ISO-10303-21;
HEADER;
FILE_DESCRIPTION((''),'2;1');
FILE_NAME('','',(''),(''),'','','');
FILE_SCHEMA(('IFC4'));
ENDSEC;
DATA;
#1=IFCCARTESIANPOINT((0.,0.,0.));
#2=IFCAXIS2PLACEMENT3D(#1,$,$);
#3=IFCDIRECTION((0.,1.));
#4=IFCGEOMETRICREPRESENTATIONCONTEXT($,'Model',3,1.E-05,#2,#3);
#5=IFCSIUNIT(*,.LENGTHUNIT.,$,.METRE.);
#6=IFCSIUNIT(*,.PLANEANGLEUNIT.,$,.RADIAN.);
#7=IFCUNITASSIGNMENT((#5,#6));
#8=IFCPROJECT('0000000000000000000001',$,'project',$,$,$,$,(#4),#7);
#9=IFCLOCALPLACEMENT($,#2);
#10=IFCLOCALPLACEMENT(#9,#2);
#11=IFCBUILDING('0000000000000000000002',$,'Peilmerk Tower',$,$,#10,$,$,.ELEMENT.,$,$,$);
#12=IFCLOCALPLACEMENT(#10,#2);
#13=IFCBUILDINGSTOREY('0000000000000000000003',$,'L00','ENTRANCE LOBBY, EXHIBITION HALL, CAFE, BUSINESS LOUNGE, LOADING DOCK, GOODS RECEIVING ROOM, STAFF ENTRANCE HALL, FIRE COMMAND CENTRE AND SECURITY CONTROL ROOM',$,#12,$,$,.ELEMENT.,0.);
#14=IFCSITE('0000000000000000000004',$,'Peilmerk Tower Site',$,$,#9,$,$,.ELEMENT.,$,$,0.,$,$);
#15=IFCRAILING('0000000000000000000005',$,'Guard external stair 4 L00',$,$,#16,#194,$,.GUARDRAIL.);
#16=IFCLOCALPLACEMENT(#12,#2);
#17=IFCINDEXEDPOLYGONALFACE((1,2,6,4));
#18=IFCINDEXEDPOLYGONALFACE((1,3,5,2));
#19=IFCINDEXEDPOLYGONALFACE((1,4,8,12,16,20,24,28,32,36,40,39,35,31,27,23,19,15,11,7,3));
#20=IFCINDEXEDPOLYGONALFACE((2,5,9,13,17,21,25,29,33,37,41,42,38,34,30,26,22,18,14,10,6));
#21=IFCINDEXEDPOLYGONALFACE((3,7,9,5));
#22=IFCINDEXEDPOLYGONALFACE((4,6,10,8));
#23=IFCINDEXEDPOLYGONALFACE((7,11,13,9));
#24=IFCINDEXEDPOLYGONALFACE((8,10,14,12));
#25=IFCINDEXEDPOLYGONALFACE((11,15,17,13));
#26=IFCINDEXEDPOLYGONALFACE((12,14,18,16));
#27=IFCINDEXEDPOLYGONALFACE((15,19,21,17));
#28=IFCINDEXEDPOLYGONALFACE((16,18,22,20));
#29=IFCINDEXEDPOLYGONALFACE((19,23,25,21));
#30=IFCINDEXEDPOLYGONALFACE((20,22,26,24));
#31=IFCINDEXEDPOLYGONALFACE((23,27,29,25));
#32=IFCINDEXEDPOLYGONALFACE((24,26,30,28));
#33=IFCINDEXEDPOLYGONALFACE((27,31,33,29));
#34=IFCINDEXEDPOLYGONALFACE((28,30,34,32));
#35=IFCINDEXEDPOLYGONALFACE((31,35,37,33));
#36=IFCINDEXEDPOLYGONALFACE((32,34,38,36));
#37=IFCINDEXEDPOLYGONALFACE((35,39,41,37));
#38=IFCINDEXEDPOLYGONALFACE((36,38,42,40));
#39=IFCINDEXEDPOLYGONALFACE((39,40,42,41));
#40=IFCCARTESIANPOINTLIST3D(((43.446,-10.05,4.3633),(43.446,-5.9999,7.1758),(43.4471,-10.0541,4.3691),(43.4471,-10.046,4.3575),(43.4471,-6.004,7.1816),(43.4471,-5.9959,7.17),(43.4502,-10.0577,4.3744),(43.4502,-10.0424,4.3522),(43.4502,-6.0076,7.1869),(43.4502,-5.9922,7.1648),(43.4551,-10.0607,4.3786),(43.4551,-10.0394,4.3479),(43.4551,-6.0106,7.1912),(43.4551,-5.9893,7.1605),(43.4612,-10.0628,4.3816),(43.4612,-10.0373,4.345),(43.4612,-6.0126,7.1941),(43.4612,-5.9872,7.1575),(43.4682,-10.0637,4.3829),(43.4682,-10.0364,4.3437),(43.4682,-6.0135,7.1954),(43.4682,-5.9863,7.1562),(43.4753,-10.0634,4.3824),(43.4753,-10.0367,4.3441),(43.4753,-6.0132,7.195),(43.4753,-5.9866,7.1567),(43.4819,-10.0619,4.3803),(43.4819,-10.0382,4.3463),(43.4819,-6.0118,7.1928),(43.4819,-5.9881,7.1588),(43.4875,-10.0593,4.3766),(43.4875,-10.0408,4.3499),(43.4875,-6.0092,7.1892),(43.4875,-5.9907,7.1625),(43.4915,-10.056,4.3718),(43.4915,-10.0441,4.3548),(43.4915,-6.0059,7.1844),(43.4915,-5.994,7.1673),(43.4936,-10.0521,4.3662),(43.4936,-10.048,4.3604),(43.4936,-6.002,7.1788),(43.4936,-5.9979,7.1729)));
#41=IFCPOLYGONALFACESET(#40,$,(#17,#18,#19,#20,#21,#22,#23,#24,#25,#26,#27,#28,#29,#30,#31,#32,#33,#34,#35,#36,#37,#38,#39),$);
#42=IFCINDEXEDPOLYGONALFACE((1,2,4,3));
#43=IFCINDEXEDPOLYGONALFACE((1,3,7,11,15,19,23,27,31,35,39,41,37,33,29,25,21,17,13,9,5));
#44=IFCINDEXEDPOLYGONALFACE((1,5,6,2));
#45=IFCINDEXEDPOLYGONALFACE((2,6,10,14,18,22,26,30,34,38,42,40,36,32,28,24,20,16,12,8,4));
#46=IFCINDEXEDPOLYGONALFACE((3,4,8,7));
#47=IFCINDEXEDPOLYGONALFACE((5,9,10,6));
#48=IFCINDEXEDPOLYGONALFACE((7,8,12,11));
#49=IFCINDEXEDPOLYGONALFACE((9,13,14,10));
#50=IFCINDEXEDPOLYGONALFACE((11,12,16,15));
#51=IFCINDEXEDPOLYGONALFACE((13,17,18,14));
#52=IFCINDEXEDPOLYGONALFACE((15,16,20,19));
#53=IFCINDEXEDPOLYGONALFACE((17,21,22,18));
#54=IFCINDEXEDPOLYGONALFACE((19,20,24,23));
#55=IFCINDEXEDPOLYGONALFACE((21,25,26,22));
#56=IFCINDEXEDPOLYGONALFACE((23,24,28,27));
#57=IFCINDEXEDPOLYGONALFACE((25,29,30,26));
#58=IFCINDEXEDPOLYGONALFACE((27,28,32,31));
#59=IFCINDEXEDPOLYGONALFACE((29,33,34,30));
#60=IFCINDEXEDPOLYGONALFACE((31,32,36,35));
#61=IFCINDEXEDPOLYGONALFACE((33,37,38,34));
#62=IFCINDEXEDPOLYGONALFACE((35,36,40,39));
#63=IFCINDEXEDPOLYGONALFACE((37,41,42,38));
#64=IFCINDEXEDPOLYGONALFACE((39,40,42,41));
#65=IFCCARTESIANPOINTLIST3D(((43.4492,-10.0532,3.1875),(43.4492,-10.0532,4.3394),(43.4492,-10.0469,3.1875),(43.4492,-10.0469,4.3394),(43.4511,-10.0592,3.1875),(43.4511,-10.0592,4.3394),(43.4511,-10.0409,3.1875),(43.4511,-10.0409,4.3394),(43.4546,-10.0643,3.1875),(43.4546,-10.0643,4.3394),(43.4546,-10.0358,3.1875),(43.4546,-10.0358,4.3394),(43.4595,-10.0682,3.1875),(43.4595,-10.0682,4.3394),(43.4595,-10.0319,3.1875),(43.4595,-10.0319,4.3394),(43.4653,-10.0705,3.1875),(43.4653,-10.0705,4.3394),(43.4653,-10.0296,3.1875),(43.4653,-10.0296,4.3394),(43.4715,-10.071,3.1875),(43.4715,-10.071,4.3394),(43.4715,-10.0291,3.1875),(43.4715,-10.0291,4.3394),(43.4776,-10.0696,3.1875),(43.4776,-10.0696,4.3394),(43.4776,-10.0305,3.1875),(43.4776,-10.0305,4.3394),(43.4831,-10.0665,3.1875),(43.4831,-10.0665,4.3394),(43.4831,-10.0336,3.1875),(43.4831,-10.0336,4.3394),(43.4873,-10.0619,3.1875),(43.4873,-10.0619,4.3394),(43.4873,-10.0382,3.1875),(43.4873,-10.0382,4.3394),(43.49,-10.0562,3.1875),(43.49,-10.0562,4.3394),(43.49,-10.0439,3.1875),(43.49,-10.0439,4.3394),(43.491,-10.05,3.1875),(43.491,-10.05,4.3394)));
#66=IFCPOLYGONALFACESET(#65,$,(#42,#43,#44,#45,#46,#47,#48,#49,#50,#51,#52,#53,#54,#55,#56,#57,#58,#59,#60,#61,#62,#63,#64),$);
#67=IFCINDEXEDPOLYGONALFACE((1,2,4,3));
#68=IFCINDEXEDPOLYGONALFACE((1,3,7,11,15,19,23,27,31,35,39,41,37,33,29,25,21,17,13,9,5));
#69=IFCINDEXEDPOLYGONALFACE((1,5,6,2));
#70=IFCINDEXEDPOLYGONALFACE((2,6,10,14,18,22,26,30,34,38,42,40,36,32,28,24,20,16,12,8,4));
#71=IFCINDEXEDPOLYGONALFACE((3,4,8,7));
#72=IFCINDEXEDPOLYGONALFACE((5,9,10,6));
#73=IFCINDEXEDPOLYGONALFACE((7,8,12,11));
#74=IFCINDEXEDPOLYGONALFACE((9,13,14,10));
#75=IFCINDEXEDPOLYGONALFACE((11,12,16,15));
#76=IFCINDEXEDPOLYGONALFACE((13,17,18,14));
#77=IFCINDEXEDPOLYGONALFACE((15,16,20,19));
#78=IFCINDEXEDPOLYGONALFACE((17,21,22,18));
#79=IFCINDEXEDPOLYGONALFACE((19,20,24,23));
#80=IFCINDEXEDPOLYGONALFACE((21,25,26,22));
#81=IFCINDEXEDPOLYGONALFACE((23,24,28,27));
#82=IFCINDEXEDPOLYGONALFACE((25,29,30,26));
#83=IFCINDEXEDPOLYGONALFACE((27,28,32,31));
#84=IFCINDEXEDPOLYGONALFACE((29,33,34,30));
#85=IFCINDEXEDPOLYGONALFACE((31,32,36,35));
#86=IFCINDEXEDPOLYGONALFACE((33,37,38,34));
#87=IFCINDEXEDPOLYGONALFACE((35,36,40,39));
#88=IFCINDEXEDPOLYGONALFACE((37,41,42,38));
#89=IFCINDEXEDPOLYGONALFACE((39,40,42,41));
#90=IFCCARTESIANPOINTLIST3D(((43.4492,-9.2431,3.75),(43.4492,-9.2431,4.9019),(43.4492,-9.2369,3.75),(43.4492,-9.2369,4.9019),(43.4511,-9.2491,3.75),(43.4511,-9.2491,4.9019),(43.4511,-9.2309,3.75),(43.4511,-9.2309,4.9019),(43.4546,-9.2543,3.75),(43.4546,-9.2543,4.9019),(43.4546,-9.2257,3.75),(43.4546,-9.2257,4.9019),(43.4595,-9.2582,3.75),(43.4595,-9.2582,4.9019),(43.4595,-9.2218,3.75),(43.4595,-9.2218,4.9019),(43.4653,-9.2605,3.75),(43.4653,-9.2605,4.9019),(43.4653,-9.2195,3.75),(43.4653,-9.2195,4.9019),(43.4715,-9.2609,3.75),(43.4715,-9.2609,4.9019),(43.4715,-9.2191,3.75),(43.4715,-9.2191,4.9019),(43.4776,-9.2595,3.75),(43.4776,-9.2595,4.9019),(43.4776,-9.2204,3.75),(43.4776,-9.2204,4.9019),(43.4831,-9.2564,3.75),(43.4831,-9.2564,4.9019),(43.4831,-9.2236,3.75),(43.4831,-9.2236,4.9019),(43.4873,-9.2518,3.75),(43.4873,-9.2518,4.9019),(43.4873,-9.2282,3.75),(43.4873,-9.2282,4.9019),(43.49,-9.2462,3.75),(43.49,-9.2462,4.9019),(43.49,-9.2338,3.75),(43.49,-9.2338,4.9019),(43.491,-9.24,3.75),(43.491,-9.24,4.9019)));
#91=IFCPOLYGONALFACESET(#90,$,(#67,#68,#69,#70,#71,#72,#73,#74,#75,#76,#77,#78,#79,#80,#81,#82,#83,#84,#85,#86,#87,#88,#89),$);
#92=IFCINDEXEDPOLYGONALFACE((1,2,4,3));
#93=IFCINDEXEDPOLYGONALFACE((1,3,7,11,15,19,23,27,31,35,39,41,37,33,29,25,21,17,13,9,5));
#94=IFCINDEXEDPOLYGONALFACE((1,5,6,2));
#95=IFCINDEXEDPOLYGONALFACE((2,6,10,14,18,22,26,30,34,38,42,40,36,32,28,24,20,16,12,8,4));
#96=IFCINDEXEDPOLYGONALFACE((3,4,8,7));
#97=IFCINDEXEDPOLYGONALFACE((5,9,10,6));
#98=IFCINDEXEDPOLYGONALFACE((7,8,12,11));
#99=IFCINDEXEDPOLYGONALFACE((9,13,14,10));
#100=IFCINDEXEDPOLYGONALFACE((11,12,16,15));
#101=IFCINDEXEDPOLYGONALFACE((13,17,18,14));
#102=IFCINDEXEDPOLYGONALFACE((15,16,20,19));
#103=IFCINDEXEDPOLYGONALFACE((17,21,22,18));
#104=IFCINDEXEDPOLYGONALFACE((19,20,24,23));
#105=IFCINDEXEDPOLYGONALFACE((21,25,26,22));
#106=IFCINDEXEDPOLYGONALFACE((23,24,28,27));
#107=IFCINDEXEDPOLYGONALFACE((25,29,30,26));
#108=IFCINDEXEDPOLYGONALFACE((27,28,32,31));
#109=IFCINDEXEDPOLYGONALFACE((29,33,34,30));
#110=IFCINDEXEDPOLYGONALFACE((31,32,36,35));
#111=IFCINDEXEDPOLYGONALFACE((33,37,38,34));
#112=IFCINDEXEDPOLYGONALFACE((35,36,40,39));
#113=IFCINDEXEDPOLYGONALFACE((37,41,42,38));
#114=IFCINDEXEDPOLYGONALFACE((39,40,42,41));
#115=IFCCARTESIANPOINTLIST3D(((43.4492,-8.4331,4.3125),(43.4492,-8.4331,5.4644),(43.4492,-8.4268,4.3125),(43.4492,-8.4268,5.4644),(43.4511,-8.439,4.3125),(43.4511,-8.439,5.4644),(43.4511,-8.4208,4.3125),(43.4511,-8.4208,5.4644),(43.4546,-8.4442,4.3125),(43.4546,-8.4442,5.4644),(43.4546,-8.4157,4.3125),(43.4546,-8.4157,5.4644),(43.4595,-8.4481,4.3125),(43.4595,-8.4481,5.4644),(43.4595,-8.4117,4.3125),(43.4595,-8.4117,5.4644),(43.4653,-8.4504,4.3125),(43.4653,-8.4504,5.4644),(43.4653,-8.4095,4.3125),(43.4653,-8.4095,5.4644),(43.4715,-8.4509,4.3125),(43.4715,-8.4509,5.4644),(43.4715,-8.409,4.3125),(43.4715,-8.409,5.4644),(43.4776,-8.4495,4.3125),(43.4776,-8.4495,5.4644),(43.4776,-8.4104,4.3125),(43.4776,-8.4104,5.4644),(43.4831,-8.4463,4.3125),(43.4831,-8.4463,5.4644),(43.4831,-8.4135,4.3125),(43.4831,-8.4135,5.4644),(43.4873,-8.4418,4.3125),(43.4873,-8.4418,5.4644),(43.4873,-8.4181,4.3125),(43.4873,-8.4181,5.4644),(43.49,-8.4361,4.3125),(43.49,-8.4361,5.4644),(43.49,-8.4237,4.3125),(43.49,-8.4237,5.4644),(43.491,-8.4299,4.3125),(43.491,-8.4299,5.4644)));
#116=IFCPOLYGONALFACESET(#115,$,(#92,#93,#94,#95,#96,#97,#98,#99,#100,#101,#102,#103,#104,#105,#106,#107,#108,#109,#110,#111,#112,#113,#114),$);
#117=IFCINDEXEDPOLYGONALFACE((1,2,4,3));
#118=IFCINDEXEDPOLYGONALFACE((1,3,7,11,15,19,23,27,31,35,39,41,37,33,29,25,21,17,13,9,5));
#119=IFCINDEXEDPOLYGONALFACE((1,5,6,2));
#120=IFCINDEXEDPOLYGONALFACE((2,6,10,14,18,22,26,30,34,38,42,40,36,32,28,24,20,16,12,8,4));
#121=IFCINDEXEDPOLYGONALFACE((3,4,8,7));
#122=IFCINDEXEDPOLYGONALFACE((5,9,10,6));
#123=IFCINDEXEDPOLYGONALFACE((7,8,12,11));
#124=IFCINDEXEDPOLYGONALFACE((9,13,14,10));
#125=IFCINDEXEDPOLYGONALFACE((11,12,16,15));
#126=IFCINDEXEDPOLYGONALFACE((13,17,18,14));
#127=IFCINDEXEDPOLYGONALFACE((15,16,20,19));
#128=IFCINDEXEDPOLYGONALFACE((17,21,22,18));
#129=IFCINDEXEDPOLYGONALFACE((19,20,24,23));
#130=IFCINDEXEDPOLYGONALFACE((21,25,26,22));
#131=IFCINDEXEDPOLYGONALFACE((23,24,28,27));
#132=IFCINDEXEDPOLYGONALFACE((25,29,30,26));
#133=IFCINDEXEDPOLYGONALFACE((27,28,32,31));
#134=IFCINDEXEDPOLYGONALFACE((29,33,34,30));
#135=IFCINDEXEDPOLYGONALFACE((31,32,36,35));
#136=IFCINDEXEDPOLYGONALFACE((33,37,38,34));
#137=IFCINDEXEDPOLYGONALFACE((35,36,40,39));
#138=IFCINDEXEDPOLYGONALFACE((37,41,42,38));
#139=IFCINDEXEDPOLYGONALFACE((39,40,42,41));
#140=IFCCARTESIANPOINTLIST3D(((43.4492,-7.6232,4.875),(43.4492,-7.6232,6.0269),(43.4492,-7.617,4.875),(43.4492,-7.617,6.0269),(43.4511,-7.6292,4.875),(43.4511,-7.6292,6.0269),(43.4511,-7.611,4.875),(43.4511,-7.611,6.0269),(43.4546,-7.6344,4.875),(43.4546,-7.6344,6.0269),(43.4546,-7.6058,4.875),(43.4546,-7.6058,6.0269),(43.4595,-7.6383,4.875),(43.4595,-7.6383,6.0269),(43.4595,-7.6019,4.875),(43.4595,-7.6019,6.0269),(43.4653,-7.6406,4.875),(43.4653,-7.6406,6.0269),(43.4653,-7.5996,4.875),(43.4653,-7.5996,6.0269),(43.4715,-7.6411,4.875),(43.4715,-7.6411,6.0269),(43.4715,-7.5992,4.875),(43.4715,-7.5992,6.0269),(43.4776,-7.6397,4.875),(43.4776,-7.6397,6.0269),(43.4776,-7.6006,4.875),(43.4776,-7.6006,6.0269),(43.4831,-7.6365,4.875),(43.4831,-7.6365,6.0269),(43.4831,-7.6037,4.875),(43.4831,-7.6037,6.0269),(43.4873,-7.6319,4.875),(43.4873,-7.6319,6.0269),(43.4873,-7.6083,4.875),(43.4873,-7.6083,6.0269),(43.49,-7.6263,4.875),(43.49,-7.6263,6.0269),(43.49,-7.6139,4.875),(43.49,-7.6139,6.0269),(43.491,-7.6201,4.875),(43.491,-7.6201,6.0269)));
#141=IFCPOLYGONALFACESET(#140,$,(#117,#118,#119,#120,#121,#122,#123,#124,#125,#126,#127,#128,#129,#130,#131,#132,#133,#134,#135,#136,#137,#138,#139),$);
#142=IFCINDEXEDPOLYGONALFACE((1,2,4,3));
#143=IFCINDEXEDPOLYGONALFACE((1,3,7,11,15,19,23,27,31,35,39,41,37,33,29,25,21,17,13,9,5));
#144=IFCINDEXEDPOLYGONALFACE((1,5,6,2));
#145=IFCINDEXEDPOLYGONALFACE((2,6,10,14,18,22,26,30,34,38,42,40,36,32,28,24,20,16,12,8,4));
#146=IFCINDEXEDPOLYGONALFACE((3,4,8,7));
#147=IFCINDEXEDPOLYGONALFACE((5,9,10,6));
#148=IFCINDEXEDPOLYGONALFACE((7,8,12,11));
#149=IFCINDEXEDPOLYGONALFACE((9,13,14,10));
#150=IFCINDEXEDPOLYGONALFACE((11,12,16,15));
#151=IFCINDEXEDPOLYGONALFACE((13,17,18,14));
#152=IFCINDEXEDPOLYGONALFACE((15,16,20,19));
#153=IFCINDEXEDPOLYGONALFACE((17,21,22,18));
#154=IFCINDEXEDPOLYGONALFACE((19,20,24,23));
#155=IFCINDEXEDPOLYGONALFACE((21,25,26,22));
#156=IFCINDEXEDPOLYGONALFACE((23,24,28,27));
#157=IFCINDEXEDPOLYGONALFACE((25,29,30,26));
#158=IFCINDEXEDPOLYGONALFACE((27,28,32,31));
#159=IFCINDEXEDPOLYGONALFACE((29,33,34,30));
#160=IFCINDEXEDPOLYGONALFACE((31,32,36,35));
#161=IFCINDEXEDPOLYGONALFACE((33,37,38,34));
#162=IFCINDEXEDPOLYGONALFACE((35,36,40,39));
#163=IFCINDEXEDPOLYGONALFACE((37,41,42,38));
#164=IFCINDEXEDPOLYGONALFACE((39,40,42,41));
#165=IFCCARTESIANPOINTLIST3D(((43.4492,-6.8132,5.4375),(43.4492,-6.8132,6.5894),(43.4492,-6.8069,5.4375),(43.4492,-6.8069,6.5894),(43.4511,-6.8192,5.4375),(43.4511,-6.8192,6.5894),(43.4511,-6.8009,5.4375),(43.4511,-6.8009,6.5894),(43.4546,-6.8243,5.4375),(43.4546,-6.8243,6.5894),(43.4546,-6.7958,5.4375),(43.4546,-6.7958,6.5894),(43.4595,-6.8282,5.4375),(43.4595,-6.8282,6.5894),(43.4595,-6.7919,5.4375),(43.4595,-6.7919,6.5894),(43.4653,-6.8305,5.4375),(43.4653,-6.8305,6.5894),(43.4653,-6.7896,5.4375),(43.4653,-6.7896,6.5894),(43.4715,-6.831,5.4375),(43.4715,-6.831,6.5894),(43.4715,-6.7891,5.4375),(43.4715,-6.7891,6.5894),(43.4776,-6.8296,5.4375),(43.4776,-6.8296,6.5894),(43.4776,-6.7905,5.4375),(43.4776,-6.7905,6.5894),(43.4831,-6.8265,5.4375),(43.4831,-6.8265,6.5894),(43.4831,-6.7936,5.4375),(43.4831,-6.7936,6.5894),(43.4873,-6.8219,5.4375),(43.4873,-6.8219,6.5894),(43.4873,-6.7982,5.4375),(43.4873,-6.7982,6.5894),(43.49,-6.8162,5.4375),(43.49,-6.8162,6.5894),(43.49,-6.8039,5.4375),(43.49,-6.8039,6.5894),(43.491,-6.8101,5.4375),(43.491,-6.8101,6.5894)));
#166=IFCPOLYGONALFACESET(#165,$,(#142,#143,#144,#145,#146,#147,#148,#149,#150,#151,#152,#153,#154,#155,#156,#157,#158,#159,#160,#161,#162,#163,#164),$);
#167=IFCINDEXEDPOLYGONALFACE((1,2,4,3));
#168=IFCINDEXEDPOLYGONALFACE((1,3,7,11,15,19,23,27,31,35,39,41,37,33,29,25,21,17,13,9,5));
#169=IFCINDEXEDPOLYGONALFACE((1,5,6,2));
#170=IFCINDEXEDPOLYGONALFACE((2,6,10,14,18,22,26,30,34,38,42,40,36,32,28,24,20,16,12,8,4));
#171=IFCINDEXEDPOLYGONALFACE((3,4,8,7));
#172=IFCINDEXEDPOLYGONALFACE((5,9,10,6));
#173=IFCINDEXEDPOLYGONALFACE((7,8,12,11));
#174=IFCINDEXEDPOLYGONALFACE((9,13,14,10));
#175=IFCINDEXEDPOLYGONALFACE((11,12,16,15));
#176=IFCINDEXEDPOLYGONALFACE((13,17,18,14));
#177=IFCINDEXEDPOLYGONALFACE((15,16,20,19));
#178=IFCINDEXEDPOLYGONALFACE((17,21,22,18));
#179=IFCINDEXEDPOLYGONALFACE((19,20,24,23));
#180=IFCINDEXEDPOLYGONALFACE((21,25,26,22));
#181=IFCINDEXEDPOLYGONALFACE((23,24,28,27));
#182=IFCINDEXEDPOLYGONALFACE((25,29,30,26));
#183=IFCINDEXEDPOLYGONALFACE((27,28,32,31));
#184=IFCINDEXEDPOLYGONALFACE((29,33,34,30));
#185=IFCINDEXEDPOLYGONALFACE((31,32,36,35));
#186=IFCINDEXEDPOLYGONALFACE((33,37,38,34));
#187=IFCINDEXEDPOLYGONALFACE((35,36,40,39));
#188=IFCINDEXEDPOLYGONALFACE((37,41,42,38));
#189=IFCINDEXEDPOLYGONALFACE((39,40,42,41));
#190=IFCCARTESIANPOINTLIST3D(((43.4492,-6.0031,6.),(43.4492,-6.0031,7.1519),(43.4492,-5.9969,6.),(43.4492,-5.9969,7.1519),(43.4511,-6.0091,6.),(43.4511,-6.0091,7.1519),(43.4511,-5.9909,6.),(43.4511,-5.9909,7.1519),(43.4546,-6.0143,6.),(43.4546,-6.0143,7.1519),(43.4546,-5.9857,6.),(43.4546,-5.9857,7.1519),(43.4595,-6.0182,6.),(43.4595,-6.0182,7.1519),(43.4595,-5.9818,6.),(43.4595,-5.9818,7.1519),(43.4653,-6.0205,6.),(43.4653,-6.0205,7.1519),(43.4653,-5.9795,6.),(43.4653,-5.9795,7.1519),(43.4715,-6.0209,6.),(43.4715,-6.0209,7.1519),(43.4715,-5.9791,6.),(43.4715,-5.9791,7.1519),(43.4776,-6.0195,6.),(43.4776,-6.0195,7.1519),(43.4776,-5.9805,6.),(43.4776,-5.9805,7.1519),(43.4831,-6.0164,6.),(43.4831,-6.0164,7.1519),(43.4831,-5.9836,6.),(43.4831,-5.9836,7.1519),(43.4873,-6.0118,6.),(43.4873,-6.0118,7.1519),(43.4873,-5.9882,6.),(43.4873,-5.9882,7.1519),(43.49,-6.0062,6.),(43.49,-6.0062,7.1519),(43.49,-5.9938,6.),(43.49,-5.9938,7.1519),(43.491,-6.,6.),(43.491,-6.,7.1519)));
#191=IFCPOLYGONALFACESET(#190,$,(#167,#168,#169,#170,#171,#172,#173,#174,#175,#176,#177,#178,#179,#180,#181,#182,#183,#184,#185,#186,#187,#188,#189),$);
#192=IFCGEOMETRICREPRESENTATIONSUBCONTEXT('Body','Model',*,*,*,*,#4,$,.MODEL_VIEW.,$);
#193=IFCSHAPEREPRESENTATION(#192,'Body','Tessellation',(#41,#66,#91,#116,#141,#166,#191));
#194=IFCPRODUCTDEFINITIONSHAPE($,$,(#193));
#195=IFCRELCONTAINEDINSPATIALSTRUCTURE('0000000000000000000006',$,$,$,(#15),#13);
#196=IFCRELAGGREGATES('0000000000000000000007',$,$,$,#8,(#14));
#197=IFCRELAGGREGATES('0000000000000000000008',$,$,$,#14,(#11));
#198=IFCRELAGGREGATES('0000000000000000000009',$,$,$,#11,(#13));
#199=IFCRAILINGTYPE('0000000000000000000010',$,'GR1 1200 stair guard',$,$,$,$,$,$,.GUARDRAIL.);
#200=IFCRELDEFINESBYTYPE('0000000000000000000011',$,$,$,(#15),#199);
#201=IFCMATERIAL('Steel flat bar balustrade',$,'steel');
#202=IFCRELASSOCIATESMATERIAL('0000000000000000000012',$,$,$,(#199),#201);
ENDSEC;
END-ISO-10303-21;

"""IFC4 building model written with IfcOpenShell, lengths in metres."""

from ifc_helpers import new_model, si_unit, direction, frame, origin, origin_2d, place, context, subcontext, project, spatial, circle, extrude, material, type_object, element, save


model = new_model("IFC4")

# Units and contexts
model_context = context("Model", 3, precision=1e-05, world=origin(), true_north=direction((0.0, 1.0)))
body_context = subcontext(model_context, "Body", "Model", "MODEL_VIEW")
ifc_project = project(units=[si_unit("LENGTHUNIT", "METRE"), si_unit("PLANEANGLEUNIT", "RADIAN")], contexts=[model_context])

# Site, building, storey
site_placement = place(None, origin())
site = spatial("IfcSite", under=ifc_project, at=site_placement, Name="Peilmerk Tower Site", CompositionType="ELEMENT", RefElevation=0.0)
building_placement = place(site_placement, origin())
building = spatial("IfcBuilding", under=site, at=building_placement, Name="Peilmerk Tower", CompositionType="ELEMENT")
storey_placement = place(building_placement, origin())
storey = spatial("IfcBuildingStorey", under=building, at=storey_placement, Name="L00", Description="ENTRANCE LOBBY, EXHIBITION HALL, CAFE, BUSINESS LOUNGE, LOADING DOCK, GOODS RECEIVING ROOM, STAFF ENTRANCE HALL, FIRE COMMAND CENTRE AND SECURITY CONTROL ROOM", CompositionType="ELEMENT", Elevation=0.0)

# Railing
ifc_material_1 = material(Name="Steel flat bar balustrade", Category="steel")
railing_type_1 = type_object("IfcRailingType", Name="GR1 1200 stair guard", PredefinedType="GUARDRAIL", material=ifc_material_1)
for number, where, name in (
    (1, (43.47, -10.05, 3.1875), "Guard external stair 4 L00"),
):
    element("IfcRailing", number, at=place(storey_placement, frame(where)), inside=storey, type_object=railing_type_1, Name=name, PredefinedType="GUARDRAIL", context=body_context, shape_type="SweptSolid", body=[
        extrude(circle(Radius=0.0239, at=origin_2d()), frame((0.0, 0.0, 1.1758), z_axis=(0.0, 0.821373, 0.570391), x_axis=(-1.0, 0.0, 0.0)), (0.0, 0.0, 1.0), 4.9309),
        extrude(circle(Radius=0.021, at=origin_2d()), origin(), (0.0, 0.0, 1.0), 1.1519),
        extrude(circle(Radius=0.021, at=origin_2d()), frame((0.0, 0.8101, 0.5625)), (0.0, 0.0, 1.0), 1.1519),
        extrude(circle(Radius=0.021, at=origin_2d()), frame((0.0, 1.6201, 1.125)), (0.0, 0.0, 1.0), 1.1519),
        extrude(circle(Radius=0.021, at=origin_2d()), frame((0.0, 2.4299, 1.6875)), (0.0, 0.0, 1.0), 1.1519),
        extrude(circle(Radius=0.021, at=origin_2d()), frame((0.0, 3.24, 2.25)), (0.0, 0.0, 1.0), 1.1519),
        extrude(circle(Radius=0.021, at=origin_2d()), frame((0.0, 4.05, 2.8125)), (0.0, 0.0, 1.0), 1.1519),
    ])

save(model, "model.ifc")
